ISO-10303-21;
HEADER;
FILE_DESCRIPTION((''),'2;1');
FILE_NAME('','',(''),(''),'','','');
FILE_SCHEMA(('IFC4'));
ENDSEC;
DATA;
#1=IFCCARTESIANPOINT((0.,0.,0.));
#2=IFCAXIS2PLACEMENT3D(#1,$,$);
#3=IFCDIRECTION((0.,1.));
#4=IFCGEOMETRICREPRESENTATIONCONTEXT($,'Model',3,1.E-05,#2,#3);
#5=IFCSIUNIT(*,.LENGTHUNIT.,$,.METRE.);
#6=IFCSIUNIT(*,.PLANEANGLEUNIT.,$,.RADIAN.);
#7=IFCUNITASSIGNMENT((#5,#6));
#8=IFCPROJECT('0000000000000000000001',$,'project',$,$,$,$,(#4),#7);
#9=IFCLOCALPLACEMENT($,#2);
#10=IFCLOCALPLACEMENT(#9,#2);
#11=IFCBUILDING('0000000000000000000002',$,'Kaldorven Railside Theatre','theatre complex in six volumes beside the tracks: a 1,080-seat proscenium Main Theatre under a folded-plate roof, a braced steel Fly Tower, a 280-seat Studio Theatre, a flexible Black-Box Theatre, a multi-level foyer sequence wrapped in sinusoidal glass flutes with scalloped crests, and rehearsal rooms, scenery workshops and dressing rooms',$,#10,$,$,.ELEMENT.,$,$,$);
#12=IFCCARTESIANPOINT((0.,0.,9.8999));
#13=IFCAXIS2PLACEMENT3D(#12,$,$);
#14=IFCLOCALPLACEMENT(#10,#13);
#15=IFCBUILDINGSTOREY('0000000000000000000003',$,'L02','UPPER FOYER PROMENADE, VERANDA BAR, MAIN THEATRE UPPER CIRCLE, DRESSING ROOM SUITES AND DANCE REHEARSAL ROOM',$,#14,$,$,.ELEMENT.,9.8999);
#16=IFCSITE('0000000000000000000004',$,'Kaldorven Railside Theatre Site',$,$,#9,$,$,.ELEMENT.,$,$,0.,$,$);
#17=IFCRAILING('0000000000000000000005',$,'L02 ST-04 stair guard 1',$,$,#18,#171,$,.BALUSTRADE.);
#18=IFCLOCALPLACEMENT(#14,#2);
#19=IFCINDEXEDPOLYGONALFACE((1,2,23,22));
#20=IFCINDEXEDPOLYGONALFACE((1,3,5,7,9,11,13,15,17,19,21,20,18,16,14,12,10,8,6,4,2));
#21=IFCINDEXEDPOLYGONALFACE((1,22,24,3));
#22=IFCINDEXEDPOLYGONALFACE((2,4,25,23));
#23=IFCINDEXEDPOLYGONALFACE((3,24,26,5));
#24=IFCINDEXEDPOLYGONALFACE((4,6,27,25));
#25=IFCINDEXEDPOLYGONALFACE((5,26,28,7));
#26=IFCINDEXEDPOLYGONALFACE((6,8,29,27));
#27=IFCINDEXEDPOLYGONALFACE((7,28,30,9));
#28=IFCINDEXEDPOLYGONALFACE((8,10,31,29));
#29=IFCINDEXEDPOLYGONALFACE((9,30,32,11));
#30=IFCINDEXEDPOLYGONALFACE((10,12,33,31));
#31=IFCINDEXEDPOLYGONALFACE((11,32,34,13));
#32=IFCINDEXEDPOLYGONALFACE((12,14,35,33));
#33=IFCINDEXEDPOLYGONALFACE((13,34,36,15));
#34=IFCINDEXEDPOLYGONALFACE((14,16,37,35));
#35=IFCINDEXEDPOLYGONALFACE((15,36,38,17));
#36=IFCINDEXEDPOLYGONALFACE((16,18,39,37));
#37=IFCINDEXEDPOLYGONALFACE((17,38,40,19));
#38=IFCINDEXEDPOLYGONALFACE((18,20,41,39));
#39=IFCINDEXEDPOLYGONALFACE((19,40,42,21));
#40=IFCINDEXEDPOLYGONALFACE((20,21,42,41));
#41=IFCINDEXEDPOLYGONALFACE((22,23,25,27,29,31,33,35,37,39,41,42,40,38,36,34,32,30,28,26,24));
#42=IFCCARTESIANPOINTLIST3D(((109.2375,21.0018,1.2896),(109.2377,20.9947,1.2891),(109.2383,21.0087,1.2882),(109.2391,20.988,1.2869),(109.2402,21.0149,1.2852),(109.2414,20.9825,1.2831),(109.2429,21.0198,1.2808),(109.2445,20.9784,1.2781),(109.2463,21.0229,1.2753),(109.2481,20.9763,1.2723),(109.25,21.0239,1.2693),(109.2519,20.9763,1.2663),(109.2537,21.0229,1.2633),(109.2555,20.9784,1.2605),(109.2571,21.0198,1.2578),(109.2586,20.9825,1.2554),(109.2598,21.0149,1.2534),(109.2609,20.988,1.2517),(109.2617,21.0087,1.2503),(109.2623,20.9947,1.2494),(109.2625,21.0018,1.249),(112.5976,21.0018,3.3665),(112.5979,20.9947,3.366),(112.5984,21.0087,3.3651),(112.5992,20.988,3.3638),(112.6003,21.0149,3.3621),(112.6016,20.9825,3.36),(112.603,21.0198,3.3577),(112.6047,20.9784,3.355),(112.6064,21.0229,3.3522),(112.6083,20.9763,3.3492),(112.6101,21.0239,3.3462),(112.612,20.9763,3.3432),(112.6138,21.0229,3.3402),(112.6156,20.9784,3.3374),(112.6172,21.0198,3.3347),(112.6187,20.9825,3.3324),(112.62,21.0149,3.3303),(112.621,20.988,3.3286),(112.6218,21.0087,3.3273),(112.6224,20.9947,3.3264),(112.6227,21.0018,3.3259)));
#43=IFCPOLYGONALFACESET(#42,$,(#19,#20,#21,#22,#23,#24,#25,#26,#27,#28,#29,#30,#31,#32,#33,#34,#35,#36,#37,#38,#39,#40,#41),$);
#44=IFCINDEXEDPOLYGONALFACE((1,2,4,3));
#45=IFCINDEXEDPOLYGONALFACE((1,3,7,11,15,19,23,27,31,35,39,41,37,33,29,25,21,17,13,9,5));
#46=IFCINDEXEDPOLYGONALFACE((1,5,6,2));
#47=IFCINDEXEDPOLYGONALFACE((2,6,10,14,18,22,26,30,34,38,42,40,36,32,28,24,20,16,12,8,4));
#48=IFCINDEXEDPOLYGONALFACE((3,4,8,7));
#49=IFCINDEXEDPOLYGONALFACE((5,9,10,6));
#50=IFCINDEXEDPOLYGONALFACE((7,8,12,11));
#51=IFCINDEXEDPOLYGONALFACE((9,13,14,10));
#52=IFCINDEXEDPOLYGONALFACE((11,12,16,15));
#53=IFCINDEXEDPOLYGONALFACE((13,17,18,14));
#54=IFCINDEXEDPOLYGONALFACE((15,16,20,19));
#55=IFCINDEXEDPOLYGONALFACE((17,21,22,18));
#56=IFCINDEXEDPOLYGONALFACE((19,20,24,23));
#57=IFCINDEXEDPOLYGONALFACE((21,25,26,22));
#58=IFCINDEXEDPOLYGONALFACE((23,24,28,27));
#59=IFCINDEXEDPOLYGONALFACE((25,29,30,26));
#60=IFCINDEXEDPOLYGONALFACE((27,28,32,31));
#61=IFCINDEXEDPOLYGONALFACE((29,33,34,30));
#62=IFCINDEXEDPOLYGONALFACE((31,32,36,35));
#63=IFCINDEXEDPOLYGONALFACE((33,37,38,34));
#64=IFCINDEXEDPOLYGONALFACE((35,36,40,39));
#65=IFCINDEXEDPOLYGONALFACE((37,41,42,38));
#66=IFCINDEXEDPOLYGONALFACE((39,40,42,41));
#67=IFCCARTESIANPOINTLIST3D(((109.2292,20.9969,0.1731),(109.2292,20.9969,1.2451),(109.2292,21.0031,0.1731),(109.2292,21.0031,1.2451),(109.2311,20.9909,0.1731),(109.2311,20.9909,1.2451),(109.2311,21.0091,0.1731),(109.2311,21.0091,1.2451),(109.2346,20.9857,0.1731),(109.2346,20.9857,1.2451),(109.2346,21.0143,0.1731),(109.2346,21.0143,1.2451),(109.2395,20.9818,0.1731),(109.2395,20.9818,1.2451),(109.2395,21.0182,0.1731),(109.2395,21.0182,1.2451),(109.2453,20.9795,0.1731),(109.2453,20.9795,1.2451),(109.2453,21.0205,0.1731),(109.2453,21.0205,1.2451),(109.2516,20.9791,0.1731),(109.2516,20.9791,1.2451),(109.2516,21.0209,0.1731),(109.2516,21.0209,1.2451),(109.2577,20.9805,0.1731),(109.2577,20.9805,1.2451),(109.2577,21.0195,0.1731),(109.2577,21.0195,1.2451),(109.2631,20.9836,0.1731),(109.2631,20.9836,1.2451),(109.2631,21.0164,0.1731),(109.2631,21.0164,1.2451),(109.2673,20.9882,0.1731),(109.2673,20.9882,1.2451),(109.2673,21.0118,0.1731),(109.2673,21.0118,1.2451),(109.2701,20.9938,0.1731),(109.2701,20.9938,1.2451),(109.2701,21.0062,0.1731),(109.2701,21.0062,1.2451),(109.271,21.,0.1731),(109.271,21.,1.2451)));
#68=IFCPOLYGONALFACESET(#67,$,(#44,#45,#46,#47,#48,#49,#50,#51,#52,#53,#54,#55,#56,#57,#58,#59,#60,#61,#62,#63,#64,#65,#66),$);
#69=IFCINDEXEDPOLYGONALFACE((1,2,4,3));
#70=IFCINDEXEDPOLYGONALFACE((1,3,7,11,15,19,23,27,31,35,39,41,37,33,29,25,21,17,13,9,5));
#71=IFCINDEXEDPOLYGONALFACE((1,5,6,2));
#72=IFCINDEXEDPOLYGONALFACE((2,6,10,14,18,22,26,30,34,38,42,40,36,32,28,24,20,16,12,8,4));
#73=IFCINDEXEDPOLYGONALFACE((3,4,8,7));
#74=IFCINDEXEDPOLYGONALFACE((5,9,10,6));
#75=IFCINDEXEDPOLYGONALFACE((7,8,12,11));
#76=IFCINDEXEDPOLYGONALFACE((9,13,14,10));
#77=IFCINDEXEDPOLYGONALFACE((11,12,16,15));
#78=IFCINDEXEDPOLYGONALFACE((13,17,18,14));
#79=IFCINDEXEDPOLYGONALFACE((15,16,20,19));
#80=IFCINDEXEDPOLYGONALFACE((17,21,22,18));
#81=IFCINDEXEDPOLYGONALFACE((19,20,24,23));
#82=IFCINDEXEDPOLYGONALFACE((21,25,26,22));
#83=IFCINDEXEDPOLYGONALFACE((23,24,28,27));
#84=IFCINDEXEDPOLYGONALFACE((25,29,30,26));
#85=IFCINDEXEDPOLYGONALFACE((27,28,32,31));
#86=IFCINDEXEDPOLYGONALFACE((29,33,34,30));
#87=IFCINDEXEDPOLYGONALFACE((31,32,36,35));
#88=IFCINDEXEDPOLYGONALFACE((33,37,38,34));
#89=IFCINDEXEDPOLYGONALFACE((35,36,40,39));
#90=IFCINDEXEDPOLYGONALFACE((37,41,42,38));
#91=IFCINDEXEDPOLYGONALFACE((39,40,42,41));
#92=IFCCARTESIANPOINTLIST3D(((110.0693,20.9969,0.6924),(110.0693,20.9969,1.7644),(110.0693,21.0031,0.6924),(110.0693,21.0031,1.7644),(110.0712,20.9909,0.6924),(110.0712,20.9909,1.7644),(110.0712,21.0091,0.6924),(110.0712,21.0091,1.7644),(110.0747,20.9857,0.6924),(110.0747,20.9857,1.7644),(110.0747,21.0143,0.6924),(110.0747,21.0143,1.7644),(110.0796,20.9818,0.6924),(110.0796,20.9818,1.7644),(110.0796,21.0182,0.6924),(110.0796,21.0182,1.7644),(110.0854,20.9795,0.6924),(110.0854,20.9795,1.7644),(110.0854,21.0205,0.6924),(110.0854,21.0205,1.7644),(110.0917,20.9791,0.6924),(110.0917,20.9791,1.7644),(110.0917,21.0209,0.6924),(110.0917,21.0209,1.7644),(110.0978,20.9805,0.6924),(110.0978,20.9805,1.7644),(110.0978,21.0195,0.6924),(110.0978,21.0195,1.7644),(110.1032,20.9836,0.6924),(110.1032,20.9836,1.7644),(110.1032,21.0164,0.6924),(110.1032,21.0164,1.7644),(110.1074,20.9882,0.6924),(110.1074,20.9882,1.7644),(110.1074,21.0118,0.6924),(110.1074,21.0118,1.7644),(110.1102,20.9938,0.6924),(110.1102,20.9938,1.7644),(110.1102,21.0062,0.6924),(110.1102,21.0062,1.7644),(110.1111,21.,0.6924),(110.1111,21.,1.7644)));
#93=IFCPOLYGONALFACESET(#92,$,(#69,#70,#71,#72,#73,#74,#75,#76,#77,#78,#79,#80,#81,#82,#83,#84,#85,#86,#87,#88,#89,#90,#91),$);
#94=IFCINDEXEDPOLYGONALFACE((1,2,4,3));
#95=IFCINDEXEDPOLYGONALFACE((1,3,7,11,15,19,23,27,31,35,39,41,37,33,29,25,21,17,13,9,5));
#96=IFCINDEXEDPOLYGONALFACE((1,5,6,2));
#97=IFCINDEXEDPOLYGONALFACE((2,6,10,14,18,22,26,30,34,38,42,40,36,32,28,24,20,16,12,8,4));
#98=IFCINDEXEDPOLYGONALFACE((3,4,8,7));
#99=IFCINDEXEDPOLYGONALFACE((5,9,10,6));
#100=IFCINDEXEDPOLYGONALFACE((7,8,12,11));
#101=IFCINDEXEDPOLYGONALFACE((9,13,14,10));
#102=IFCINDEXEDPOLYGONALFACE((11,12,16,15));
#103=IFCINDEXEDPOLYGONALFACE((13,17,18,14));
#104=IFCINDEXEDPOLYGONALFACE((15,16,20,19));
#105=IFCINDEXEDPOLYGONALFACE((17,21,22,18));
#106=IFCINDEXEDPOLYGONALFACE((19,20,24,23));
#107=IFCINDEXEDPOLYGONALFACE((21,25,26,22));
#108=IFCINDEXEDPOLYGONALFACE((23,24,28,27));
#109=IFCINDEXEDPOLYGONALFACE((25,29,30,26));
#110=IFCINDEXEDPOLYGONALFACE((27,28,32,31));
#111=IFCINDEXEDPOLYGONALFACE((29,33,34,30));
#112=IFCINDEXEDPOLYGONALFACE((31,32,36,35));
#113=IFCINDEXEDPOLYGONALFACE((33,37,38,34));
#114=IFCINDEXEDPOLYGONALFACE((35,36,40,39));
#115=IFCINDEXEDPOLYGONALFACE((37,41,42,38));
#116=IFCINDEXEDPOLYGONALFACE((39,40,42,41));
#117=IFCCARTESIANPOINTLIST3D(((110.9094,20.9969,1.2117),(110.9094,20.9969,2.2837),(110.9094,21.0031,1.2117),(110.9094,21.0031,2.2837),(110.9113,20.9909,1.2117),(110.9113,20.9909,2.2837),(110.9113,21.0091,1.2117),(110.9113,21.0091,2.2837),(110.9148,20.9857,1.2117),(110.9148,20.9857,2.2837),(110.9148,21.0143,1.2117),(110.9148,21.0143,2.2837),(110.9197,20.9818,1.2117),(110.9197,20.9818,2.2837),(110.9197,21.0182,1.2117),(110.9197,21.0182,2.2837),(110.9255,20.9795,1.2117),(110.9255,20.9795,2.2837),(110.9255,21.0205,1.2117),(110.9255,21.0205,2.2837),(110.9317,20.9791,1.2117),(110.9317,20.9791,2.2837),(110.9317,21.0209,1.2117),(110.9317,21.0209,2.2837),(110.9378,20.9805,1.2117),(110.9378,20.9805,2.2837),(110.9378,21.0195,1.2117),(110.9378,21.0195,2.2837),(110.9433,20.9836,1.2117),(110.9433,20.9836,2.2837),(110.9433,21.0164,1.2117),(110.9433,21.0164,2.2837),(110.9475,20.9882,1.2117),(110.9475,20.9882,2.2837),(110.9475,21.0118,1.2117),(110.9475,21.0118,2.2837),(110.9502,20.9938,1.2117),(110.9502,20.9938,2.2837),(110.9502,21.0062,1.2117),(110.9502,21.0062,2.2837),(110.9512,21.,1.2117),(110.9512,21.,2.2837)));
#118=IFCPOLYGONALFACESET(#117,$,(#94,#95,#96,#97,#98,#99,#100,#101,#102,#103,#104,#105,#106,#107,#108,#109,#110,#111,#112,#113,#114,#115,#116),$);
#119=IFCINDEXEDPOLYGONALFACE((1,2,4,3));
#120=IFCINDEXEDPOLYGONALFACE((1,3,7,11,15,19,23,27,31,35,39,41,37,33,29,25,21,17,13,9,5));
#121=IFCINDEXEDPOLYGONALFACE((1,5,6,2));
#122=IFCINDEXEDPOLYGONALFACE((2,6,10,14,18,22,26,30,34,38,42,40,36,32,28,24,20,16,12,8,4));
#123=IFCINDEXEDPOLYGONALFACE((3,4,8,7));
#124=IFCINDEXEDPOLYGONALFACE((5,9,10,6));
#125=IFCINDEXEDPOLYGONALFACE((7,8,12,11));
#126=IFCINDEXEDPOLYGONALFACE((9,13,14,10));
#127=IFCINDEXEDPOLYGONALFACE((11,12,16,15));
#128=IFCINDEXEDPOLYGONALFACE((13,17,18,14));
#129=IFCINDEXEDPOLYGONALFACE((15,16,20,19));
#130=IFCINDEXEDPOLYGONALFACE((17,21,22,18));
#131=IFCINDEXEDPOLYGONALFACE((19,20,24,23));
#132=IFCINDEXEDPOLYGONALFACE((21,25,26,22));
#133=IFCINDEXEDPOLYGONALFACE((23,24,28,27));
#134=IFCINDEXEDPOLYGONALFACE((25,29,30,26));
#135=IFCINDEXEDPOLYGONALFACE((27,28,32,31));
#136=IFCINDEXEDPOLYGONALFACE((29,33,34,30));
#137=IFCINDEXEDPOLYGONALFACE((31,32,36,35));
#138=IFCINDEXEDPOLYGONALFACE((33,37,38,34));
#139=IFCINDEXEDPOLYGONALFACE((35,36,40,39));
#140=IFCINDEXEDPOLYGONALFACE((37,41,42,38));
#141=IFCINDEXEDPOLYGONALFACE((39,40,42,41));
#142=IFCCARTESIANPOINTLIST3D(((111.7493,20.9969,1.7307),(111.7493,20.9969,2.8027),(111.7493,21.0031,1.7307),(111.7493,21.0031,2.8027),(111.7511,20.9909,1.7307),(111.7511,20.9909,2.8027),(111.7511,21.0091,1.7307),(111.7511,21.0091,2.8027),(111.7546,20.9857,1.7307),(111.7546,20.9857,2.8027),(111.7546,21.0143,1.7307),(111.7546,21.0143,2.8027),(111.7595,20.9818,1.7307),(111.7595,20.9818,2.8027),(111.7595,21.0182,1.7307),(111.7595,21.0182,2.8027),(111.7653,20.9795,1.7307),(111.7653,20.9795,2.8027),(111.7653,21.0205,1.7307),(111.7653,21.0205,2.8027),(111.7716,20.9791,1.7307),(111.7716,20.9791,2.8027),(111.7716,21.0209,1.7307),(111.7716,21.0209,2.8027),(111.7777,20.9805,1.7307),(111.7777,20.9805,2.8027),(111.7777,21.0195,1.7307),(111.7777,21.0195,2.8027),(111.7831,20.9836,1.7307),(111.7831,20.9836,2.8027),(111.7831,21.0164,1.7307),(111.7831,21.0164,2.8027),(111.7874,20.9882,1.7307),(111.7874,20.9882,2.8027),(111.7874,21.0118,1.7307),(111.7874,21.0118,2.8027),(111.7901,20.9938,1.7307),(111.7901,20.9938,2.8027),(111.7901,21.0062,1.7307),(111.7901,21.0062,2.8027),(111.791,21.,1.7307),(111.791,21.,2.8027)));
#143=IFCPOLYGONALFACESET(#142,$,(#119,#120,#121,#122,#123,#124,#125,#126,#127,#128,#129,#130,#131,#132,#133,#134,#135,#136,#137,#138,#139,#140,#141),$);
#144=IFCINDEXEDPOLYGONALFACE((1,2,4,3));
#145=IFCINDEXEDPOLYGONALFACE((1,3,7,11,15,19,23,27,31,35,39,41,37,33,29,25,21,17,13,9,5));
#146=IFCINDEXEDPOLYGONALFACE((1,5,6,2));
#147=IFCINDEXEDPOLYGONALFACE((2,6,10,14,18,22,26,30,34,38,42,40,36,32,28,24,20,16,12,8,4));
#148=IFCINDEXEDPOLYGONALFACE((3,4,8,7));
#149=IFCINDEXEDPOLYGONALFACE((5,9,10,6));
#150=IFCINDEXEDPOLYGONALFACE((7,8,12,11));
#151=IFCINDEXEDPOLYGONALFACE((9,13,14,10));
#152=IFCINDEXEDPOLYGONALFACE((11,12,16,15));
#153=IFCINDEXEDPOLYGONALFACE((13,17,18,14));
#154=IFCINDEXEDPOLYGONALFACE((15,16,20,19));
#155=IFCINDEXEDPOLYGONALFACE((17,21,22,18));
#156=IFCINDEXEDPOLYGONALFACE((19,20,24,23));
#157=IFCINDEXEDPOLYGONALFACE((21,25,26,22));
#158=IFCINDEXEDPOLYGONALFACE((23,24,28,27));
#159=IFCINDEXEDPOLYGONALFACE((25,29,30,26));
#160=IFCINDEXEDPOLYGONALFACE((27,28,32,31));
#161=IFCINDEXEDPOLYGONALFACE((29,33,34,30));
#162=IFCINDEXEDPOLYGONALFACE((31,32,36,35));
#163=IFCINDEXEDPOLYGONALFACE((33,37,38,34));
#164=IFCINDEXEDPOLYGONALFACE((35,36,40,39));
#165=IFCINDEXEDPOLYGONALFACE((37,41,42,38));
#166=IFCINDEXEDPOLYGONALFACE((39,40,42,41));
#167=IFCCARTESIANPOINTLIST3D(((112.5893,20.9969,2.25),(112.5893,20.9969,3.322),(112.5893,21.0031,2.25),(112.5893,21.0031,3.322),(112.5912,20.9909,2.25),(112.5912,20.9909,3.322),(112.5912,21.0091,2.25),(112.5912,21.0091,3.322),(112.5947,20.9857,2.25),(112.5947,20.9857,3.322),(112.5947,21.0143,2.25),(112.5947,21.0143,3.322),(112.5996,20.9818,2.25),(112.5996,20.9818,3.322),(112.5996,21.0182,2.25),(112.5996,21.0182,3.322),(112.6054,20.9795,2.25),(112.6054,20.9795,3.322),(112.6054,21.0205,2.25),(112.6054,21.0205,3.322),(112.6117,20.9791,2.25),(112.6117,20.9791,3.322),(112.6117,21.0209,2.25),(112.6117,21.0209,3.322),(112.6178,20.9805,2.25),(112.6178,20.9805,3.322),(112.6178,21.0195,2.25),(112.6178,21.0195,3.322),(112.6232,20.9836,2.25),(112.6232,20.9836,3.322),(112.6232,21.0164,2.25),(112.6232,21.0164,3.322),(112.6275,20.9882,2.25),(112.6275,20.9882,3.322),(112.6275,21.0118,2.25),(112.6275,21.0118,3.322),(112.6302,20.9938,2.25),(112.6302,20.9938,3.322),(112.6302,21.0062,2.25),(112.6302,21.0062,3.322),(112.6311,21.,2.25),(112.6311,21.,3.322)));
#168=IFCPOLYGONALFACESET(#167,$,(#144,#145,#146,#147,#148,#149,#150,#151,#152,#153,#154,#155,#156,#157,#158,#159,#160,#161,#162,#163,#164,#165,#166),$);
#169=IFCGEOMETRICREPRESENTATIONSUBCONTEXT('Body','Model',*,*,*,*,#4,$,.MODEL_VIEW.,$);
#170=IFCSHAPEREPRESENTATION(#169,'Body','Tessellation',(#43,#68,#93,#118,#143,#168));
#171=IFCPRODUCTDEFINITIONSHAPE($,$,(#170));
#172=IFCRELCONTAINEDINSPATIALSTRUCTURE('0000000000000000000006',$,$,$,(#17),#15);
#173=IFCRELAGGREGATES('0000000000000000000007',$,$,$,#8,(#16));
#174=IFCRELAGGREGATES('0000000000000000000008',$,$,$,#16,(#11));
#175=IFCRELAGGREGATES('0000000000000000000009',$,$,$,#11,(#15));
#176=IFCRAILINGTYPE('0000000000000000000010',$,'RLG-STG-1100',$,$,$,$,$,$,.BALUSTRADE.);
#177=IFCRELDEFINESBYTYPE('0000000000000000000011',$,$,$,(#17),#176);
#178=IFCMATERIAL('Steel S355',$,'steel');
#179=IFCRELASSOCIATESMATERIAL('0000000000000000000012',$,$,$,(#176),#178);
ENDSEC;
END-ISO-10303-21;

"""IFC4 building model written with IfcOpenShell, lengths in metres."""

from ifc_helpers import new_model, si_unit, direction, frame, origin, origin_2d, place, context, subcontext, project, spatial, circle, extrude, material, type_object, element, save


model = new_model("IFC4")

# Units and contexts
model_context = context("Model", 3, precision=1e-05, world=origin(), true_north=direction((0.0, 1.0)))
body_context = subcontext(model_context, "Body", "Model", "MODEL_VIEW")
ifc_project = project(units=[si_unit("LENGTHUNIT", "METRE"), si_unit("PLANEANGLEUNIT", "RADIAN")], contexts=[model_context])

# Site, building, storey
site_placement = place(None, origin())
site = spatial("IfcSite", under=ifc_project, at=site_placement, Name="Kaldorven Railside Theatre Site", CompositionType="ELEMENT", RefElevation=0.0)
building_placement = place(site_placement, origin())
building = spatial("IfcBuilding", under=site, at=building_placement, Name="Kaldorven Railside Theatre", Description="theatre complex in six volumes beside the tracks: a 1,080-seat proscenium Main Theatre under a folded-plate roof, a braced steel Fly Tower, a 280-seat Studio Theatre, a flexible Black-Box Theatre, a multi-level foyer sequence wrapped in sinusoidal glass flutes with scalloped crests, and rehearsal rooms, scenery workshops and dressing rooms", CompositionType="ELEMENT")
storey_placement = place(building_placement, frame((0.0, 0.0, 9.8999)))
storey = spatial("IfcBuildingStorey", under=building, at=storey_placement, Name="L02", Description="UPPER FOYER PROMENADE, VERANDA BAR, MAIN THEATRE UPPER CIRCLE, DRESSING ROOM SUITES AND DANCE REHEARSAL ROOM", CompositionType="ELEMENT", Elevation=9.8999)

# Shared definitions
ifc_material_1 = material(Name="Steel S355", Category="steel")

# Railing
railing_type_1 = type_object("IfcRailingType", Name="RLG-STG-1100", PredefinedType="BALUSTRADE", material=ifc_material_1)
railing_1_placement = place(storey_placement, frame((109.25, 21.0, 0.1731)))
element("IfcRailing", 1, at=railing_1_placement, inside=storey, type_object=railing_type_1, Name="L02 ST-04 stair guard 1", PredefinedType="BALUSTRADE", context=body_context, shape_type="SweptSolid", body=[
    extrude(circle(Radius=0.0239, at=origin_2d()), frame((0.0, 0.0, 1.0962), z_axis=(0.850623, 0.0, 0.525776), x_axis=(0.0, 1.0, 0.0)), (0.0, 0.0, 1.0), 3.9502),
    extrude(circle(Radius=0.021, at=origin_2d()), origin(), (0.0, 0.0, 1.0), 1.072),
    extrude(circle(Radius=0.021, at=origin_2d()), frame((0.8401, 0.0, 0.5193)), (0.0, 0.0, 1.0), 1.072),
    extrude(circle(Radius=0.021, at=origin_2d()), frame((1.6802, 0.0, 1.0386)), (0.0, 0.0, 1.0), 1.072),
    extrude(circle(Radius=0.021, at=origin_2d()), frame((2.52, 0.0, 1.5576)), (0.0, 0.0, 1.0), 1.072),
    extrude(circle(Radius=0.021, at=origin_2d()), frame((3.3601, 0.0, 2.0769)), (0.0, 0.0, 1.0), 1.072),
])

save(model, "model.ifc")
